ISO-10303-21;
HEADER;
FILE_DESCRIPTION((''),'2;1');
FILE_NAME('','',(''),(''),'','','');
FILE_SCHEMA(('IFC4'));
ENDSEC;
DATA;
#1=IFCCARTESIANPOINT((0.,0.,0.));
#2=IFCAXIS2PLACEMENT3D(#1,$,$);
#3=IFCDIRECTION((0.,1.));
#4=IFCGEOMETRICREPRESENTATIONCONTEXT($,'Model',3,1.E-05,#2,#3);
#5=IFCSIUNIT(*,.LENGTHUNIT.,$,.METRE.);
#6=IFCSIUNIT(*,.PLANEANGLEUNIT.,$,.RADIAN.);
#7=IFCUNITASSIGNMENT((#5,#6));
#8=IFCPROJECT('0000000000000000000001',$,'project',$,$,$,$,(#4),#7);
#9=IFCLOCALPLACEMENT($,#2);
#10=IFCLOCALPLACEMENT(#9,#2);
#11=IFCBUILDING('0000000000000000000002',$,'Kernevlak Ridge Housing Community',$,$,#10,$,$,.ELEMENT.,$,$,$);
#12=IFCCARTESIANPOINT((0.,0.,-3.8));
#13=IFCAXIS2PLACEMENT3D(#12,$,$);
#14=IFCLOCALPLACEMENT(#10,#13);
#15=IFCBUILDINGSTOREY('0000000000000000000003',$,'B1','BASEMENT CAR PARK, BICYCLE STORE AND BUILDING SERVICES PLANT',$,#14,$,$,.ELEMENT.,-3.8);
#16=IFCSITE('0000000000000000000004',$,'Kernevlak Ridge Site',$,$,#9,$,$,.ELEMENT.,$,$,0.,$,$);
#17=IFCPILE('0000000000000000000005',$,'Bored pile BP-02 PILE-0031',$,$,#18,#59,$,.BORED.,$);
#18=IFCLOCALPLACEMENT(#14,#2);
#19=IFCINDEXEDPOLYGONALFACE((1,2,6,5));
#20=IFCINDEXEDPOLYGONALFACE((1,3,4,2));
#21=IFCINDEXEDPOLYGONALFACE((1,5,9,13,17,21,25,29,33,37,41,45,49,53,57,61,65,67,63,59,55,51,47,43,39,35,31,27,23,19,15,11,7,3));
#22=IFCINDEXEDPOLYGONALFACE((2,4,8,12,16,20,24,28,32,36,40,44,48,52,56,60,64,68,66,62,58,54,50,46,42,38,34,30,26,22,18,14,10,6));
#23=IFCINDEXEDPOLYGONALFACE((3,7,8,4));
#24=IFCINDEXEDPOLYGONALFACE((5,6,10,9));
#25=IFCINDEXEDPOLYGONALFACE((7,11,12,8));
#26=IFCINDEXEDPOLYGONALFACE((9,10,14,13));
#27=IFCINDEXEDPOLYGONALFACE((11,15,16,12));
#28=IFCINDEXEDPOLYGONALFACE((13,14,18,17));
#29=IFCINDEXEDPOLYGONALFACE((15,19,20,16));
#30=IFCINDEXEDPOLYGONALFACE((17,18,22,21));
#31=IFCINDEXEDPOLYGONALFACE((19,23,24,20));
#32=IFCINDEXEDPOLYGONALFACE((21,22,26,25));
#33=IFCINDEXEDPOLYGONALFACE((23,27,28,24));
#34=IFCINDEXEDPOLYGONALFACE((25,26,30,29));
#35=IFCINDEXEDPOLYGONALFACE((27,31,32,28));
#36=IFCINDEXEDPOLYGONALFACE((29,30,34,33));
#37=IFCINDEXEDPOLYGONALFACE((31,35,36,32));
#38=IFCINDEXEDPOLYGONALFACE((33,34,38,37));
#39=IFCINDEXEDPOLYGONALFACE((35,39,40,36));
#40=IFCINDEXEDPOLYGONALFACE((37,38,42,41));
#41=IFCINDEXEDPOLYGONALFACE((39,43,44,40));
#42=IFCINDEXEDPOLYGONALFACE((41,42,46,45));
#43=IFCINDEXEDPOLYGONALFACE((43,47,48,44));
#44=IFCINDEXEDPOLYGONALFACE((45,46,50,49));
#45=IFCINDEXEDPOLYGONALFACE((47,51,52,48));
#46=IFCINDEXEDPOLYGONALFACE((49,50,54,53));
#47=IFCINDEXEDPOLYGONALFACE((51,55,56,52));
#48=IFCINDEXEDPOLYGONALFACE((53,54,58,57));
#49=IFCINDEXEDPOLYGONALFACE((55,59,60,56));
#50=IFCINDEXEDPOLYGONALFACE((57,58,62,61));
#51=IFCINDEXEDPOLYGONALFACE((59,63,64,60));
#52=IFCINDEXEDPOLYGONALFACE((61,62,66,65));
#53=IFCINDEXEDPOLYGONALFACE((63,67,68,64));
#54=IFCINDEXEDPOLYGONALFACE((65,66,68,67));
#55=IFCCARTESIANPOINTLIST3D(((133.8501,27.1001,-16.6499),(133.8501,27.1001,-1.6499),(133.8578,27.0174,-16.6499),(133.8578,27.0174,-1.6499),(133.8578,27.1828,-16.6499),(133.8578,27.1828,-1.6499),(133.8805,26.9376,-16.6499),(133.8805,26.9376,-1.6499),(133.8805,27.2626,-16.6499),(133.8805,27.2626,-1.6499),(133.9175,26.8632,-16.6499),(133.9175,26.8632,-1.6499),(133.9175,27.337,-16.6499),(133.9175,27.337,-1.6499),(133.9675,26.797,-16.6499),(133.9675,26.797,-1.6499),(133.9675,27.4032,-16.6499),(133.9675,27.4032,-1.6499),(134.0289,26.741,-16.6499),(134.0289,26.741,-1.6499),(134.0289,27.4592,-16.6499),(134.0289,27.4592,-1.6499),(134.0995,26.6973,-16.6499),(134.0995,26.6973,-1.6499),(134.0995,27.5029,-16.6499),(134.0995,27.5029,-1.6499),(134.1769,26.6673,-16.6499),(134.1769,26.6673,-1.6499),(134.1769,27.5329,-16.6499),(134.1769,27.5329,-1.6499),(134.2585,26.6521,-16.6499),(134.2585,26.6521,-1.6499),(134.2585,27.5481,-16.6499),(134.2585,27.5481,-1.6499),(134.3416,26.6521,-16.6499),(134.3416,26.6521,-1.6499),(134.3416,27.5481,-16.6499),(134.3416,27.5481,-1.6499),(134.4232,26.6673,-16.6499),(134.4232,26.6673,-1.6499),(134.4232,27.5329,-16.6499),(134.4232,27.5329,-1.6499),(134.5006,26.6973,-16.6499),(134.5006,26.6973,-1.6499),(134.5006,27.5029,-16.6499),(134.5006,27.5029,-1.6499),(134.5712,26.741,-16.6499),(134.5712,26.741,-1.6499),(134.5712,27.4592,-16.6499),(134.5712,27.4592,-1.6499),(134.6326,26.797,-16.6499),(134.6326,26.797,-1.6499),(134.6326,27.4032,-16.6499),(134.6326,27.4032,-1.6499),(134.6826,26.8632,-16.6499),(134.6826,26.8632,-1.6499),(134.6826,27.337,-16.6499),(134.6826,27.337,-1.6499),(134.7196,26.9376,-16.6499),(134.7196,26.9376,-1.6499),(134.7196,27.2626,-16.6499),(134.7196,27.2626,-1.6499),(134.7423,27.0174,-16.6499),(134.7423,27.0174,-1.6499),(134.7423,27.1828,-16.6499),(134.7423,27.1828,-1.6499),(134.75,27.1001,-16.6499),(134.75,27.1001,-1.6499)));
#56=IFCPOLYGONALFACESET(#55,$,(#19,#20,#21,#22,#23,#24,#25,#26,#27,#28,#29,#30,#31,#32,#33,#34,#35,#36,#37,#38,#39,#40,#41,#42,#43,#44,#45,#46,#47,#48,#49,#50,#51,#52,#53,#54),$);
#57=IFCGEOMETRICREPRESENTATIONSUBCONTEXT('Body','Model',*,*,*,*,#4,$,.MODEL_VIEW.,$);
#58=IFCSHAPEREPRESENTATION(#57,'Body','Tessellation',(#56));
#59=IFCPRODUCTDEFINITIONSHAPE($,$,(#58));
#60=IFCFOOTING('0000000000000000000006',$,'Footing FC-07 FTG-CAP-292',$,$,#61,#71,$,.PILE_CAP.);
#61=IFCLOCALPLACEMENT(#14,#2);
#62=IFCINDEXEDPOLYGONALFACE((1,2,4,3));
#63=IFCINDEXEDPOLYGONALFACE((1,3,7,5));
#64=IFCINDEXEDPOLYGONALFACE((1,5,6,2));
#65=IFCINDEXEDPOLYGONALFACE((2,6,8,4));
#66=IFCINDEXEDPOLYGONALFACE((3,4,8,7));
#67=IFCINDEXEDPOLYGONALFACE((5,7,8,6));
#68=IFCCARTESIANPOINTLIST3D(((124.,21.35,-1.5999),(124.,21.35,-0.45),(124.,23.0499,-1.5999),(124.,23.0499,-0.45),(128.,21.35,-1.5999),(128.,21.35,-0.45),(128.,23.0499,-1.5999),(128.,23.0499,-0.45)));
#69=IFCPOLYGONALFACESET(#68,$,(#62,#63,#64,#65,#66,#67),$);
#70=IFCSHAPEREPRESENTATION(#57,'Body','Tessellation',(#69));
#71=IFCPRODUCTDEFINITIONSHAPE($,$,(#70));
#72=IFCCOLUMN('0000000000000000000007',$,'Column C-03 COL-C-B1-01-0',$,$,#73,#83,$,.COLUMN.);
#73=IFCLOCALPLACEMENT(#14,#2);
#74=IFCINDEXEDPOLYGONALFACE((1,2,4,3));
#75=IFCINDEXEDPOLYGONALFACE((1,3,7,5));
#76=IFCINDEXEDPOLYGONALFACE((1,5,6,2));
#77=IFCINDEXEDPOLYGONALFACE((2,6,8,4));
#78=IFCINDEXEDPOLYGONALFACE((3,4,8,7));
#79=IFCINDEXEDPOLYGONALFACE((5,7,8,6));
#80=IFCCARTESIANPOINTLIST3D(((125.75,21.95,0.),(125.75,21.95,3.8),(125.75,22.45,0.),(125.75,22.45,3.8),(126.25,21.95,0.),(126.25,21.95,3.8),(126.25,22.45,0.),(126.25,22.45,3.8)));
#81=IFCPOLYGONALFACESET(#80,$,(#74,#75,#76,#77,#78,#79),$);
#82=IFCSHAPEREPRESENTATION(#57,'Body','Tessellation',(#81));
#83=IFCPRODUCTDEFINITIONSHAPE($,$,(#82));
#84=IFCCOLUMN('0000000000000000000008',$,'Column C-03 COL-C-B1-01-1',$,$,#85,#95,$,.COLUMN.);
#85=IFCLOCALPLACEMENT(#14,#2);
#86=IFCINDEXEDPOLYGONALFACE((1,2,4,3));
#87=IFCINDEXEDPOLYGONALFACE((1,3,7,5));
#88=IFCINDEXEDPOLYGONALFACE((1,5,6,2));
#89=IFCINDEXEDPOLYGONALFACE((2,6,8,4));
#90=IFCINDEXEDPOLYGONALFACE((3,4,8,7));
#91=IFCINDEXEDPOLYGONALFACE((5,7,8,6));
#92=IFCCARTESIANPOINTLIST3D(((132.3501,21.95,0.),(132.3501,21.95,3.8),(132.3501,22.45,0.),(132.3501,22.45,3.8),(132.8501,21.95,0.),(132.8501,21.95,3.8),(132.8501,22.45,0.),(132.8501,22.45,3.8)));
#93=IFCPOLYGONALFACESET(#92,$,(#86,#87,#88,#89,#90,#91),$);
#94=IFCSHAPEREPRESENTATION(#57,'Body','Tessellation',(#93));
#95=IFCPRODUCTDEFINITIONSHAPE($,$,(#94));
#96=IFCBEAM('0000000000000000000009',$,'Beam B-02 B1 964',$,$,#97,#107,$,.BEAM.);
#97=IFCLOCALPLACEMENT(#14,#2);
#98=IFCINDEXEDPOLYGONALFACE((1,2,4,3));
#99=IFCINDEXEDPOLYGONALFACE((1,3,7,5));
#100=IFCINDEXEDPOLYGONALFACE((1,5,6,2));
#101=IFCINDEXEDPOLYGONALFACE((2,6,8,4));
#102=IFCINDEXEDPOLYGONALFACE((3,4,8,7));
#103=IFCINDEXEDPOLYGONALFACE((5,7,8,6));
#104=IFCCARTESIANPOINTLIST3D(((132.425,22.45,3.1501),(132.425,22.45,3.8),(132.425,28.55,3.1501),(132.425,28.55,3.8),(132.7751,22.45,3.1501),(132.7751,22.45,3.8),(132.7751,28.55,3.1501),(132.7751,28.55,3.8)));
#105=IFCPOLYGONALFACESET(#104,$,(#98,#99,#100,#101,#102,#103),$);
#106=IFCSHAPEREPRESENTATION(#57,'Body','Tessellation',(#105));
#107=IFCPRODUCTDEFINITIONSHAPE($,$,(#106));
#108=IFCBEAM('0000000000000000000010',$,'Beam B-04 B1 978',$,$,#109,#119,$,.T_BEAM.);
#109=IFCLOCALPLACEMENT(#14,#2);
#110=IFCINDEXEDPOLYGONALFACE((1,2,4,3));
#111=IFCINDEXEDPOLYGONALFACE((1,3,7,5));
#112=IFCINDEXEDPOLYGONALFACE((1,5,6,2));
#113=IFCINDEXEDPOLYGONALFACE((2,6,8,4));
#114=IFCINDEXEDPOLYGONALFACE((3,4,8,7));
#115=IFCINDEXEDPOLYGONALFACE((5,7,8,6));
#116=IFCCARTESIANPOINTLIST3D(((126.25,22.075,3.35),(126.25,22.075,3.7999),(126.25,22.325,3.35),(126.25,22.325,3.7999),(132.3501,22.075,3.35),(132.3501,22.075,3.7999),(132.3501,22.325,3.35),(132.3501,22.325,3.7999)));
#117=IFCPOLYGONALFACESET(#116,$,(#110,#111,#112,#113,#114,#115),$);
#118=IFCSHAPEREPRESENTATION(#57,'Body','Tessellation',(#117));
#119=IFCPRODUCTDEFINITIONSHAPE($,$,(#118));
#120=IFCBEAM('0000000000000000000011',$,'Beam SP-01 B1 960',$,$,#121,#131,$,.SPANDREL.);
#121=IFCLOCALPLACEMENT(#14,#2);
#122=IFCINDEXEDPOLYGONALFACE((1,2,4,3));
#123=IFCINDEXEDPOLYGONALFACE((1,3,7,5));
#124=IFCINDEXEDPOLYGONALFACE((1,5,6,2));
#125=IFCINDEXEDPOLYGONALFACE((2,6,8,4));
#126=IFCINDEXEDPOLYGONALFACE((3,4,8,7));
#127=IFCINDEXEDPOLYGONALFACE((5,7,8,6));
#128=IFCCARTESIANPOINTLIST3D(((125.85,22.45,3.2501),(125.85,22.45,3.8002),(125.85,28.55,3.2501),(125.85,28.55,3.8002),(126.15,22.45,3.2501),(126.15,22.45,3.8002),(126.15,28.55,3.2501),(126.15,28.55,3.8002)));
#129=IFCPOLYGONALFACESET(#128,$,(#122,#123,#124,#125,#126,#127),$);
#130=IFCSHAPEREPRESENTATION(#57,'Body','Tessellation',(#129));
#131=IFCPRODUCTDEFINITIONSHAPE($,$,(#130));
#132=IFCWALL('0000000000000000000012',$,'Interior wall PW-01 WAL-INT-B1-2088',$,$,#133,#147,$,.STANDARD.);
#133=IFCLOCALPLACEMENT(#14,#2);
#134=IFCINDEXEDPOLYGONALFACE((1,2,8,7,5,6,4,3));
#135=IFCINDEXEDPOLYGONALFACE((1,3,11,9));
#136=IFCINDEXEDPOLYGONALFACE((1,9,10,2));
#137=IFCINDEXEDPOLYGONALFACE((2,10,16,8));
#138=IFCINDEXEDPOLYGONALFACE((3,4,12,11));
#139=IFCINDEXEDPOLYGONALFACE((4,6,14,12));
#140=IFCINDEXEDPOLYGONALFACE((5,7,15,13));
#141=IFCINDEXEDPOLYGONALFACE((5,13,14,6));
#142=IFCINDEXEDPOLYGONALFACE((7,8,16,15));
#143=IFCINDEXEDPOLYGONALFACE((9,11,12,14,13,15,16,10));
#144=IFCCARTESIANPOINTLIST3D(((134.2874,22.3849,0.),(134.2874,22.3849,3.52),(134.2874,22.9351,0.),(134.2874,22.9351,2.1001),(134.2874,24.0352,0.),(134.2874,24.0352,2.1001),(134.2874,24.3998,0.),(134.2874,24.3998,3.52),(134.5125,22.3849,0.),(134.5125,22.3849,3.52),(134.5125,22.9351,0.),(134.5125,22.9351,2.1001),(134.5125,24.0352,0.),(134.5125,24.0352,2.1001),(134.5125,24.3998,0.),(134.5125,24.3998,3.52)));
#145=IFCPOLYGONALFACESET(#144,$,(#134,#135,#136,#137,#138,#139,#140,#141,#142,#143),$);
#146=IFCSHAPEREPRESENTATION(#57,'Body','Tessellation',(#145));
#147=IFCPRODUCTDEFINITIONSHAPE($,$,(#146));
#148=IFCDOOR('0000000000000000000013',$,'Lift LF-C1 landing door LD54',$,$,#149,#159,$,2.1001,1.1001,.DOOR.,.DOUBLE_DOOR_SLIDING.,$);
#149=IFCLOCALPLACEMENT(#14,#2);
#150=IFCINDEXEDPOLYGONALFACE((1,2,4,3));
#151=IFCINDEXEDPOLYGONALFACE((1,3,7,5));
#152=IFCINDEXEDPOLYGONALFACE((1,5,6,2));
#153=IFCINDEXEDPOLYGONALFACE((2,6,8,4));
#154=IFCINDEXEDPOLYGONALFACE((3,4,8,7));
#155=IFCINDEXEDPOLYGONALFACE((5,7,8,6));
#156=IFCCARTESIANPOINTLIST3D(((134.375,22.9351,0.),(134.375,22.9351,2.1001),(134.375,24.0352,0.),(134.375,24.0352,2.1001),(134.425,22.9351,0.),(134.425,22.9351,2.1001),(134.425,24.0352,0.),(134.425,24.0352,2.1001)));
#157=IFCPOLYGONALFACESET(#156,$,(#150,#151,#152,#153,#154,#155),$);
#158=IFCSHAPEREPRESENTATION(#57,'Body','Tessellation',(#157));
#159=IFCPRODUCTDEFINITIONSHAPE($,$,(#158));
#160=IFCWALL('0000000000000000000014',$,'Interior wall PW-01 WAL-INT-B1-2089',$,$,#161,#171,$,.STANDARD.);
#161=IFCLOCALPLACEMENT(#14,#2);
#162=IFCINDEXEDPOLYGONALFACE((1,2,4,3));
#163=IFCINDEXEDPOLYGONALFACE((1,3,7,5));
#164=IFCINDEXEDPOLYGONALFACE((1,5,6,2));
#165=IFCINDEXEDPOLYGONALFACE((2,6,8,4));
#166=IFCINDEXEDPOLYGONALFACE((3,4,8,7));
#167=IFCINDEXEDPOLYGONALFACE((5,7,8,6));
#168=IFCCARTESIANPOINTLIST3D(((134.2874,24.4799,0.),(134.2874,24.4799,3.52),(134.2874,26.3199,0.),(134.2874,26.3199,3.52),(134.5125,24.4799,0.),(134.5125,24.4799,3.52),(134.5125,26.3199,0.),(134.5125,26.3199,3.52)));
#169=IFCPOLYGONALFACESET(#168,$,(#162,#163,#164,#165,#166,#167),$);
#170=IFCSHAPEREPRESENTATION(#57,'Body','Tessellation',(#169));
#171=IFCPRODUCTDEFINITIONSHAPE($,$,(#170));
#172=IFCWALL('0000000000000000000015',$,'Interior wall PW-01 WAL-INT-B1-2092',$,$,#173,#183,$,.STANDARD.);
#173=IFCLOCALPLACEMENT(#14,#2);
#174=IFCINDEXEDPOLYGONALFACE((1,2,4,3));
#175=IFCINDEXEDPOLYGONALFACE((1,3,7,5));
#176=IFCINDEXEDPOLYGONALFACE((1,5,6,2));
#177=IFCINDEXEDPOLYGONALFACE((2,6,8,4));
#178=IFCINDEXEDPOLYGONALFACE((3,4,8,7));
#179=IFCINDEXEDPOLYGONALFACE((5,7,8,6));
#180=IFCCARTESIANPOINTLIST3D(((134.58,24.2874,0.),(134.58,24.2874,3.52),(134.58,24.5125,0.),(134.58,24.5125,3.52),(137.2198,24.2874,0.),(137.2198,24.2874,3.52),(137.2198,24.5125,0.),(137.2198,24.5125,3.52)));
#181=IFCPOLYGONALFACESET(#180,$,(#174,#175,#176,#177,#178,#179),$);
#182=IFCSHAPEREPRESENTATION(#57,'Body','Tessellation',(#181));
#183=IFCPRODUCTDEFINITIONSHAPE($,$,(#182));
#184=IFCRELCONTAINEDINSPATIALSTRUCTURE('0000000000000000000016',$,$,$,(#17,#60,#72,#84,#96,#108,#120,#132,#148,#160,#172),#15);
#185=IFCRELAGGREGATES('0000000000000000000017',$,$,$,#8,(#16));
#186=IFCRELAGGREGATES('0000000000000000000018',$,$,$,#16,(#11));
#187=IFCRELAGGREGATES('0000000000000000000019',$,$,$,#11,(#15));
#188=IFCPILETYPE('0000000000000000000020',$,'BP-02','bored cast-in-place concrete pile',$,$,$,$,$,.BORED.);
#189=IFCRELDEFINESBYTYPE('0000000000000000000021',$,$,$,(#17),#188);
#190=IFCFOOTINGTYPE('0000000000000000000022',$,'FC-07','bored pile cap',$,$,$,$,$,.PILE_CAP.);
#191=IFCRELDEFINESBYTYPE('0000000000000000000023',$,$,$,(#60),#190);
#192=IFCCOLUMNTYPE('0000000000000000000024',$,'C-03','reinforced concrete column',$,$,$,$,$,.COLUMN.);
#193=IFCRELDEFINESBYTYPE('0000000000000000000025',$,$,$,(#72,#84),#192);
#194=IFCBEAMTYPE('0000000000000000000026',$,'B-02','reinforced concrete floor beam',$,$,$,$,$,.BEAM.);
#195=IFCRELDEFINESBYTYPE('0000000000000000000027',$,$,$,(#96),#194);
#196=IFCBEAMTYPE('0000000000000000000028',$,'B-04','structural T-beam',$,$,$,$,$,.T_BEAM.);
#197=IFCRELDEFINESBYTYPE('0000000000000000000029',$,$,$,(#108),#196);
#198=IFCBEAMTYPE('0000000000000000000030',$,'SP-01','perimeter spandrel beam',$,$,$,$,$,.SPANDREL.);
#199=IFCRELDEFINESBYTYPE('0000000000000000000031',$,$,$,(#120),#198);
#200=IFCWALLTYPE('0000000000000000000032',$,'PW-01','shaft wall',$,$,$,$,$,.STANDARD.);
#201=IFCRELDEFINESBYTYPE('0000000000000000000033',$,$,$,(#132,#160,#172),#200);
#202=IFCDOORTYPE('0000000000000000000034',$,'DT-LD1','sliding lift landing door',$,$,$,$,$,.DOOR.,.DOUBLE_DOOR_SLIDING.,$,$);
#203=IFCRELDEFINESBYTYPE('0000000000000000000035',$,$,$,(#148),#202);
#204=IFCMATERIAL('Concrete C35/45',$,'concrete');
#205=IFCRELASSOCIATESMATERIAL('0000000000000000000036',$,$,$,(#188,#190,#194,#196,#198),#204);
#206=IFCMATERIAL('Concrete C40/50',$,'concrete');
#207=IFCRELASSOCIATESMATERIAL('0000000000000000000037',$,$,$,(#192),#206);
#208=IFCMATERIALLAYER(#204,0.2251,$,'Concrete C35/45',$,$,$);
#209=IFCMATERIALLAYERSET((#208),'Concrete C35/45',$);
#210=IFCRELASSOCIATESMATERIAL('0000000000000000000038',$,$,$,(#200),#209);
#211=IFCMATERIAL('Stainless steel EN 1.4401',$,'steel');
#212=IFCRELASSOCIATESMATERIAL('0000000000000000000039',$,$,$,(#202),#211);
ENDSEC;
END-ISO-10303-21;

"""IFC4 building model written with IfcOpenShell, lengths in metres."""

from ifc_helpers import new_model, si_unit, direction, frame, frame_2d, origin, origin_2d, place, context, subcontext, project, spatial, rectangle, circle, extrude, material, layer, layer_set, material_profile, profile_set, type_object, element, fill, save


model = new_model("IFC4")

# Units and contexts
model_context = context("Model", 3, precision=1e-05, world=origin(), true_north=direction((0.0, 1.0)))
body_context = subcontext(model_context, "Body", "Model", "MODEL_VIEW")
ifc_project = project(units=[si_unit("LENGTHUNIT", "METRE"), si_unit("PLANEANGLEUNIT", "RADIAN")], contexts=[model_context])

# Site, building, storey
site_placement = place(None, origin())
site = spatial("IfcSite", under=ifc_project, at=site_placement, Name="Kernevlak Ridge Site", CompositionType="ELEMENT", RefElevation=0.0)
building_placement = place(site_placement, origin())
building = spatial("IfcBuilding", under=site, at=building_placement, Name="Kernevlak Ridge Housing Community", CompositionType="ELEMENT")
storey_placement = place(building_placement, frame((0.0, 0.0, -3.8)))
storey = spatial("IfcBuildingStorey", under=building, at=storey_placement, Name="B1", Description="BASEMENT CAR PARK, BICYCLE STORE AND BUILDING SERVICES PLANT", CompositionType="ELEMENT", Elevation=-3.8)

# Pile
ifc_material_1 = material(Name="Concrete C35/45", Category="concrete")
ifc_material_profile_1 = material_profile(ifc_material_1, circle(Radius=0.45, at=origin_2d()), Name="BORED PILE 900")
ifc_profile_set_1 = profile_set([ifc_material_profile_1], Name="Concrete C35/45")
pile_type_1 = type_object("IfcPileType", Name="BP-02", Description="bored cast-in-place concrete pile", PredefinedType="BORED", material=ifc_profile_set_1)
for number, where, z_axis, x_axis, name in (
    (1, (134.3, 27.1001, -1.6499), (0.0, 0.0, -1.0), (1.0, 0.0, 0.0), "Bored pile BP-02 PILE-0031"),
):
    element("IfcPile", number, at=place(storey_placement, frame(where, z_axis=z_axis, x_axis=x_axis)), inside=storey, type_object=pile_type_1, Name=name, PredefinedType="BORED", context=body_context, shape_type="SweptSolid", body=[
        extrude(circle(Radius=0.45, at=origin_2d()), origin(), (0.0, 0.0, 1.0), 15.0),
    ])

# Footing
footing_type = type_object("IfcFootingType", Name="FC-07", Description="bored pile cap", PredefinedType="PILE_CAP", material=ifc_material_1)
footing_placement = place(storey_placement, frame((126.0, 22.2, -1.5999), z_axis=(0.0, 0.0, 1.0), x_axis=(1.0, 0.0, 0.0)))
element("IfcFooting", 2, at=footing_placement, inside=storey, type_object=footing_type, Name="Footing FC-07 FTG-CAP-292", PredefinedType="PILE_CAP", context=body_context, shape_type="SweptSolid", body=[
    extrude(rectangle(XDim=4.0, YDim=1.7, at=origin_2d()), origin(), (0.0, 0.0, 1.0), 1.1499),
])

# Columns
ifc_material_2 = material(Name="Concrete C40/50", Category="concrete")
ifc_material_profile_2 = material_profile(ifc_material_2, rectangle(XDim=0.5, YDim=0.5, at=origin_2d()), Name="RC 500x500")
ifc_profile_set_2 = profile_set([ifc_material_profile_2], Name="Concrete C40/50")
column_type = type_object("IfcColumnType", Name="C-03", Description="reinforced concrete column", PredefinedType="COLUMN", material=ifc_profile_set_2)
for number, where, z_axis, x_axis, name in (
    (3, (126.0, 22.2, 0.0), (0.0, 0.0, 1.0), (1.0, 0.0, 0.0), "Column C-03 COL-C-B1-01-0"),
    (4, (132.6001, 22.2, 0.0), (0.0, 0.0, 1.0), (1.0, 0.0, 0.0), "Column C-03 COL-C-B1-01-1"),
):
    element("IfcColumn", number, at=place(storey_placement, frame(where, z_axis=z_axis, x_axis=x_axis)), inside=storey, type_object=column_type, Name=name, PredefinedType="COLUMN", context=body_context, shape_type="SweptSolid", body=[
        extrude(rectangle(XDim=0.5, YDim=0.5, at=origin_2d()), origin(), (0.0, 0.0, 1.0), 3.8),
    ])

# Beams
ifc_material_profile_3 = material_profile(ifc_material_1, rectangle(XDim=0.3501, YDim=0.6499, at=origin_2d()), Name="RC 350x650")
ifc_profile_set_3 = profile_set([ifc_material_profile_3], Name="Concrete C35/45")
beam_type_1 = type_object("IfcBeamType", Name="B-02", Description="reinforced concrete floor beam", PredefinedType="BEAM", material=ifc_profile_set_3)
beam_1_placement = place(storey_placement, frame((132.6001, 22.45, 3.4751), z_axis=(0.0, 1.0, 0.0), x_axis=(-1.0, 0.0, 0.0)))
element("IfcBeam", 5, at=beam_1_placement, inside=storey, type_object=beam_type_1, Name="Beam B-02 B1 964", PredefinedType="BEAM", context=body_context, shape_type="SweptSolid", body=[
    extrude(rectangle(XDim=0.3501, YDim=0.6499, at=origin_2d()), origin(), (0.0, 0.0, 1.0), 6.1001),
])
ifc_material_profile_4 = material_profile(ifc_material_1, rectangle(XDim=0.25, YDim=0.45, at=origin_2d()), Name="RC 250x450")
ifc_profile_set_4 = profile_set([ifc_material_profile_4], Name="Concrete C35/45")
beam_type_2 = type_object("IfcBeamType", Name="B-04", Description="structural T-beam", PredefinedType="T_BEAM", material=ifc_profile_set_4)
beam_2_placement = place(storey_placement, frame((126.25, 22.2, 3.575), z_axis=(1.0, 0.0, 0.0), x_axis=(0.0, 1.0, 0.0)))
element("IfcBeam", 6, at=beam_2_placement, inside=storey, type_object=beam_type_2, Name="Beam B-04 B1 978", PredefinedType="T_BEAM", context=body_context, shape_type="SweptSolid", body=[
    extrude(rectangle(XDim=0.25, YDim=0.45, at=origin_2d()), origin(), (0.0, 0.0, 1.0), 6.1001),
])
ifc_material_profile_5 = material_profile(ifc_material_1, rectangle(XDim=0.3, YDim=0.55, at=origin_2d()), Name="RC 300x550")
ifc_profile_set_5 = profile_set([ifc_material_profile_5], Name="Concrete C35/45")
beam_type_3 = type_object("IfcBeamType", Name="SP-01", Description="perimeter spandrel beam", PredefinedType="SPANDREL", material=ifc_profile_set_5)
beam_3_placement = place(storey_placement, frame((126.0, 22.45, 3.5251), z_axis=(0.0, 1.0, 0.0), x_axis=(-1.0, 0.0, 0.0)))
element("IfcBeam", 7, at=beam_3_placement, inside=storey, type_object=beam_type_3, Name="Beam SP-01 B1 960", PredefinedType="SPANDREL", context=body_context, shape_type="SweptSolid", body=[
    extrude(rectangle(XDim=0.3, YDim=0.55, at=origin_2d()), origin(), (0.0, 0.0, 1.0), 6.1001),
])

# Wall, opening, door
ifc_layer_1 = layer(ifc_material_1, 0.2251, Name="Concrete C35/45")
ifc_layer_set_1 = layer_set([ifc_layer_1], Name="Concrete C35/45")
wall_type_1 = type_object("IfcWallType", Name="PW-01", Description="shaft wall", PredefinedType="STANDARD", material=ifc_layer_set_1)
wall_1_placement = place(storey_placement, frame((134.3999, 22.385, 0.0), z_axis=(0.0, 0.0, 1.0), x_axis=(0.0, 1.0, 0.0)))
wall_1 = element("IfcWall", 8, at=wall_1_placement, inside=storey, type_object=wall_type_1, Name="Interior wall PW-01 WAL-INT-B1-2088", PredefinedType="STANDARD", context=body_context, shape_type="SweptSolid", body=[
    extrude(rectangle(XDim=2.0149, YDim=0.2251, at=frame_2d((1.0073, 0.0))), origin(), (0.0, 0.0, 1.0), 3.52),
])
opening_1_placement = place(wall_1_placement, frame((0.55, 0.0, 0.0)))
opening_1 = element("IfcOpeningElement", 9, at=opening_1_placement, cuts=wall_1, PredefinedType="OPENING", context=body_context, shape_type="SweptSolid", body=[
    extrude(rectangle(XDim=1.1001, YDim=2.1001, at=frame_2d((0.55, 1.05))), frame((0.0, 0.1226, 0.0), z_axis=(0.0, -1.0, 0.0), x_axis=(1.0, 0.0, 0.0)), (0.0, 0.0, 1.0), 0.2451),
])
ifc_material_3 = material(Name="Stainless steel EN 1.4401", Category="steel")
door_type_1 = type_object("IfcDoorType", Name="DT-LD1", Description="sliding lift landing door", OperationType="DOUBLE_DOOR_SLIDING", PredefinedType="DOOR", material=ifc_material_3)
door_1_placement = place(opening_1_placement, origin())
door_1 = element("IfcDoor", 10, at=door_1_placement, inside=storey, type_object=door_type_1, Name="Lift LF-C1 landing door LD54", OperationType="DOUBLE_DOOR_SLIDING", OverallHeight=2.1001, OverallWidth=1.1001, PredefinedType="DOOR", context=body_context, shape_type="SweptSolid", body=[
    extrude(rectangle(XDim=1.1001, YDim=2.1001, at=frame_2d((0.55, 1.05))), frame((0.0, 0.0249, 0.0), z_axis=(0.0, -1.0, 0.0), x_axis=(1.0, 0.0, 0.0)), (0.0, 0.0, 1.0), 0.05),
])
fill(opening_1, door_1)

# Walls
wall_2_placement = place(storey_placement, frame((134.3999, 24.48, 0.0), z_axis=(0.0, 0.0, 1.0), x_axis=(0.0, 1.0, 0.0)))
element("IfcWall", 11, at=wall_2_placement, inside=storey, type_object=wall_type_1, Name="Interior wall PW-01 WAL-INT-B1-2089", PredefinedType="STANDARD", context=body_context, shape_type="SweptSolid", body=[
    extrude(rectangle(XDim=1.8401, YDim=0.2251, at=frame_2d((0.9199, 0.0))), origin(), (0.0, 0.0, 1.0), 3.52),
])
wall_3_placement = place(storey_placement, frame((134.5801, 24.3999, 0.0), z_axis=(0.0, 0.0, 1.0), x_axis=(1.0, 0.0, 0.0)))
element("IfcWall", 12, at=wall_3_placement, inside=storey, type_object=wall_type_1, Name="Interior wall PW-01 WAL-INT-B1-2092", PredefinedType="STANDARD", context=body_context, shape_type="SweptSolid", body=[
    extrude(rectangle(XDim=2.6399, YDim=0.2251, at=frame_2d((1.3198, 0.0))), origin(), (0.0, 0.0, 1.0), 3.52),
])

save(model, "model.ifc")
